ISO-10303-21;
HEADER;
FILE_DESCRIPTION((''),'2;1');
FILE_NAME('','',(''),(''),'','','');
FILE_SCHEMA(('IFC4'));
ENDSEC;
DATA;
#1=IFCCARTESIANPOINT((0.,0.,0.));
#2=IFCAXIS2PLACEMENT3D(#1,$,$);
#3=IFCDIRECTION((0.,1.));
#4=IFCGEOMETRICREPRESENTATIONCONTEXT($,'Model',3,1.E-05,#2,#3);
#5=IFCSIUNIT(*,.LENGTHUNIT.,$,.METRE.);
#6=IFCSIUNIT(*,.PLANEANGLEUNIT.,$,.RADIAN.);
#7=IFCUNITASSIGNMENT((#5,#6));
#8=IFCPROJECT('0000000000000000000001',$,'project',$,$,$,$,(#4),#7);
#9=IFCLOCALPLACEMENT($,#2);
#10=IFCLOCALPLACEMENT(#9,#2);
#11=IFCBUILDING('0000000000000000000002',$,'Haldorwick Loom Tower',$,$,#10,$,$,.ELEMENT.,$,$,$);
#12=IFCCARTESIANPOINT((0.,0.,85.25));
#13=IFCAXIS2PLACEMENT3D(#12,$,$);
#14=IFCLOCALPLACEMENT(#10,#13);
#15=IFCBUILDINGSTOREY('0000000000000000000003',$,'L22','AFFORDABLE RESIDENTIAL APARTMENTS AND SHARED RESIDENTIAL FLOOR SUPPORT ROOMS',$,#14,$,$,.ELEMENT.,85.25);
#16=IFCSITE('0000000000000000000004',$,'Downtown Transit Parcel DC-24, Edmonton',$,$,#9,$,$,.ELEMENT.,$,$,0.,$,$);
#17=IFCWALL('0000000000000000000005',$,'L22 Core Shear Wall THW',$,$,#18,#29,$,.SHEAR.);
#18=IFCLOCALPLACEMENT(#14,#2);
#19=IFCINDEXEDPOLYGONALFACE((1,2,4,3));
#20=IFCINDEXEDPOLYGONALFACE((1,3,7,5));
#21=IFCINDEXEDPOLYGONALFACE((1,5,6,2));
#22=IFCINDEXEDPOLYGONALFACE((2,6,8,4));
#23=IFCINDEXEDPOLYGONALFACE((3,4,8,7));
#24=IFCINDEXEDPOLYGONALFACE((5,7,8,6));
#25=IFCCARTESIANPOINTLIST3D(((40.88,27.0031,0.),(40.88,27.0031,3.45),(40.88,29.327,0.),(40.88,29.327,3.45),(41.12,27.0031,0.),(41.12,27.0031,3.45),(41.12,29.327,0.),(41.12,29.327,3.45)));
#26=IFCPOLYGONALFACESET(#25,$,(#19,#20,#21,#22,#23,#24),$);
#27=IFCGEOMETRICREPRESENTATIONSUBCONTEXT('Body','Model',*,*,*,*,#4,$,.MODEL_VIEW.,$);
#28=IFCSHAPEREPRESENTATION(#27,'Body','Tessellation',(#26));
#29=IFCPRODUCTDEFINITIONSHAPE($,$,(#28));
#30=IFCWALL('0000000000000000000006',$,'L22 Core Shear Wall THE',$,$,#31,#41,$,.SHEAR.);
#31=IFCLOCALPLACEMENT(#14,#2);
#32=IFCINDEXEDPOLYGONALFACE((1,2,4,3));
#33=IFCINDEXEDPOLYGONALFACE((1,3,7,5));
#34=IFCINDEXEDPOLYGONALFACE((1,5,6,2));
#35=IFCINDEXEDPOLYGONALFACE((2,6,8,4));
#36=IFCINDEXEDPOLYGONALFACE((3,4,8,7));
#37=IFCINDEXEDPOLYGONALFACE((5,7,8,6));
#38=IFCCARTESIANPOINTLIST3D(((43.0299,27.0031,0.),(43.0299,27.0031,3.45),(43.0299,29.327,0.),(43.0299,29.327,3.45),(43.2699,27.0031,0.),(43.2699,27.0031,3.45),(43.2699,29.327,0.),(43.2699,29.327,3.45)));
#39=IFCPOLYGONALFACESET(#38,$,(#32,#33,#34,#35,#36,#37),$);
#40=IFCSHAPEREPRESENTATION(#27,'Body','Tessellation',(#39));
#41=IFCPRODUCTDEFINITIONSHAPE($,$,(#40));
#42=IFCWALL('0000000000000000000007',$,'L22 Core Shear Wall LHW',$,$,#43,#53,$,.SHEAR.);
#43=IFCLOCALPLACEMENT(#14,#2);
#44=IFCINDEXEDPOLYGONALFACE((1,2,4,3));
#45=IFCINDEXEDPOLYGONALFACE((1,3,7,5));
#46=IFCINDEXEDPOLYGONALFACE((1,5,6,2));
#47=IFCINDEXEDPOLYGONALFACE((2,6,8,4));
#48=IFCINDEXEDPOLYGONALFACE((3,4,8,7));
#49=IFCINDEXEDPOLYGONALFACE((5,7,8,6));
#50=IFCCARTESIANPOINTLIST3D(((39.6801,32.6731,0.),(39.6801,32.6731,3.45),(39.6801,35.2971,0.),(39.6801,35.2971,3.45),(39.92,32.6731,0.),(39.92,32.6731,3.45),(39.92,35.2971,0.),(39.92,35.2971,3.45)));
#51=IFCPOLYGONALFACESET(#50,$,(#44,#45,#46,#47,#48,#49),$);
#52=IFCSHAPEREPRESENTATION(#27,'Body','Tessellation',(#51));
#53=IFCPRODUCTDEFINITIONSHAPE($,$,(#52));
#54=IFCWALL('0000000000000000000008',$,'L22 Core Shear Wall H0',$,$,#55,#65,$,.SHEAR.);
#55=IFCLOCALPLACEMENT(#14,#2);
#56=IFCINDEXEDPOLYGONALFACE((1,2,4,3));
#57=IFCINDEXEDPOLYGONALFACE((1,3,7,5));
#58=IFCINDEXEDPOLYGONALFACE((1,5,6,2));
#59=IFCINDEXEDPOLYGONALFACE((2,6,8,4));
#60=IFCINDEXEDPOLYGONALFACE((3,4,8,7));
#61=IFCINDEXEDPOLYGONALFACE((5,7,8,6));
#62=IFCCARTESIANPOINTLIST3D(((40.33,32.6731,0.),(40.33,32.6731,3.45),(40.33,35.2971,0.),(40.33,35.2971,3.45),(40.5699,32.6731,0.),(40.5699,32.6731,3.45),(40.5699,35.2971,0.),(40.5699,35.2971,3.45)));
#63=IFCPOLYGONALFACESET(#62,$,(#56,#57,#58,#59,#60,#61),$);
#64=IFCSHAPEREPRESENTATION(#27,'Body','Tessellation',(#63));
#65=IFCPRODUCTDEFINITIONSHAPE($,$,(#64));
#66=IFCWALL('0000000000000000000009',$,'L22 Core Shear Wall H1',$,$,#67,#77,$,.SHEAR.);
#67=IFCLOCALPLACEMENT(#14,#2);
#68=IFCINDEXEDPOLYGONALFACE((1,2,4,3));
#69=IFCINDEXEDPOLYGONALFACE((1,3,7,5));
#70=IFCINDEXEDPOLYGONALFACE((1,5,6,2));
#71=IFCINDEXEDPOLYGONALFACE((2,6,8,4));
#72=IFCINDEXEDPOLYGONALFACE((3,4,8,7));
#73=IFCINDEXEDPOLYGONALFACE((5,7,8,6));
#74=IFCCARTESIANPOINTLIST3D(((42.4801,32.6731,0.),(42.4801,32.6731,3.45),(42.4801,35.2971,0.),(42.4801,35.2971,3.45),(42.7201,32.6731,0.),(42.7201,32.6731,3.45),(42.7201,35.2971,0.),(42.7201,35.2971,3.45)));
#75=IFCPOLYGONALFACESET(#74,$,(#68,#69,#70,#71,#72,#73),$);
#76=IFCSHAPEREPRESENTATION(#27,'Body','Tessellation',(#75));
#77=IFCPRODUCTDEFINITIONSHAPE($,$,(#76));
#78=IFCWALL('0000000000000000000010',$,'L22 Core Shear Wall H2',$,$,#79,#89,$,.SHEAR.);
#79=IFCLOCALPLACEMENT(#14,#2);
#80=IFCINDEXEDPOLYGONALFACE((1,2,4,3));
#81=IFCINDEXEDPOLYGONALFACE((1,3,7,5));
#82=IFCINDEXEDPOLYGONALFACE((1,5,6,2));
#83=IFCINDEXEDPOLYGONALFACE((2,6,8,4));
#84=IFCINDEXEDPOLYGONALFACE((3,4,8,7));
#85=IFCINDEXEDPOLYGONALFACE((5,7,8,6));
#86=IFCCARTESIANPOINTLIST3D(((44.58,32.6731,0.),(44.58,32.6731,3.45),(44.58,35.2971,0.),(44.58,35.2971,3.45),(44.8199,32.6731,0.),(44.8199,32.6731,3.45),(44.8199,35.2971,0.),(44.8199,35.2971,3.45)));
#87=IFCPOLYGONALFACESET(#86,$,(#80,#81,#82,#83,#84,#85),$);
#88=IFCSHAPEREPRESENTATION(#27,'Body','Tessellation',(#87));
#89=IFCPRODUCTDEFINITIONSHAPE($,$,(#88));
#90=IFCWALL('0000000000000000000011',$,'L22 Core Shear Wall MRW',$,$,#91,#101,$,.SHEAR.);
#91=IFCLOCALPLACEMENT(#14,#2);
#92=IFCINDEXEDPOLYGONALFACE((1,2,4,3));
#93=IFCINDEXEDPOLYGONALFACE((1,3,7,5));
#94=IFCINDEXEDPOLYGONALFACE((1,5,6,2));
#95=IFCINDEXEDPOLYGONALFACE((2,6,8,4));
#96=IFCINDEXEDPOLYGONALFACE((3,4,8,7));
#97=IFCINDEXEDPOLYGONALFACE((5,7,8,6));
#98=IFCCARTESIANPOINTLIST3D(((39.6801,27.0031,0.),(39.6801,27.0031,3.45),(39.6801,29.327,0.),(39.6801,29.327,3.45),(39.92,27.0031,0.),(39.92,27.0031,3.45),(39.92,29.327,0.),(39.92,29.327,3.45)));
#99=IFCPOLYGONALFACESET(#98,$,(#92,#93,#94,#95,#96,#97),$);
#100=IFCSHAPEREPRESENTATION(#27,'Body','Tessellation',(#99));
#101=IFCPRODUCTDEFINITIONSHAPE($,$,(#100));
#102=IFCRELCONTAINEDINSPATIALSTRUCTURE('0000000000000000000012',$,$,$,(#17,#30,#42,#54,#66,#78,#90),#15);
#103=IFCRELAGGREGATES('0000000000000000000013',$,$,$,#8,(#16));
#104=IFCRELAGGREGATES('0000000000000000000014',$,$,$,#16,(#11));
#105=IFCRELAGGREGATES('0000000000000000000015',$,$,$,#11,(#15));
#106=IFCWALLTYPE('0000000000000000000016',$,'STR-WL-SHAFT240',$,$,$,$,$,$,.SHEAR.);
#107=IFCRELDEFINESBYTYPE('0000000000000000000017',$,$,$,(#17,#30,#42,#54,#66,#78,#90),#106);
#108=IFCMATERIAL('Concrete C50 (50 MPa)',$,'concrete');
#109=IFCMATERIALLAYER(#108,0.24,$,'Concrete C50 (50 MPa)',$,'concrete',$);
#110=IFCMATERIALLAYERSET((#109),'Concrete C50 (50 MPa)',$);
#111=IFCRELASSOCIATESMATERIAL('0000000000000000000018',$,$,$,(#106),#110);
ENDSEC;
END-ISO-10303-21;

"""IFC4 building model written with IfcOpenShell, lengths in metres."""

from ifc_helpers import new_model, si_unit, direction, frame, frame_2d, origin, place, context, subcontext, project, spatial, rectangle, extrude, material, layer, layer_set, type_object, element, save


model = new_model("IFC4")

# Units and contexts
model_context = context("Model", 3, precision=1e-05, world=origin(), true_north=direction((0.0, 1.0)))
body_context = subcontext(model_context, "Body", "Model", "MODEL_VIEW")
ifc_project = project(units=[si_unit("LENGTHUNIT", "METRE"), si_unit("PLANEANGLEUNIT", "RADIAN")], contexts=[model_context])

# Site, building, storey
site_placement = place(None, origin())
site = spatial("IfcSite", under=ifc_project, at=site_placement, Name="Downtown Transit Parcel DC-24, Edmonton", CompositionType="ELEMENT", RefElevation=0.0)
building_placement = place(site_placement, origin())
building = spatial("IfcBuilding", under=site, at=building_placement, Name="Haldorwick Loom Tower", CompositionType="ELEMENT")
storey_placement = place(building_placement, frame((0.0, 0.0, 85.25)))
storey = spatial("IfcBuildingStorey", under=building, at=storey_placement, Name="L22", Description="AFFORDABLE RESIDENTIAL APARTMENTS AND SHARED RESIDENTIAL FLOOR SUPPORT ROOMS", CompositionType="ELEMENT", Elevation=85.25)

# Shared definitions
ifc_material_1 = material(Name="Concrete C50 (50 MPa)", Category="concrete")
ifc_layer_1 = layer(ifc_material_1, 0.24, Name="Concrete C50 (50 MPa)", Category="concrete")
ifc_layer_set_1 = layer_set([ifc_layer_1], Name="Concrete C50 (50 MPa)")
wall_type_1 = type_object("IfcWallType", Name="STR-WL-SHAFT240", PredefinedType="SHEAR", material=ifc_layer_set_1)

# Walls
for number, where, z_axis, x_axis, name in (
    (1, (41.0, 27.0029, 0.0), (0.0, 0.0, 1.0), (0.0, 1.0, 0.0), "L22 Core Shear Wall THW"),
    (2, (43.1499, 27.0029, 0.0), (0.0, 0.0, 1.0), (0.0, 1.0, 0.0), "L22 Core Shear Wall THE"),
):
    element("IfcWall", number, at=place(storey_placement, frame(where, z_axis=z_axis, x_axis=x_axis)), inside=storey, type_object=wall_type_1, Name=name, PredefinedType="SHEAR", context=body_context, shape_type="SweptSolid", body=[
        extrude(rectangle(XDim=2.324, YDim=0.24, at=frame_2d((1.1621, 0.0))), origin(), (0.0, 0.0, 1.0), 3.45),
    ])
for number, where, z_axis, x_axis, name in (
    (3, (39.8, 32.6731, 0.0), (0.0, 0.0, 1.0), (0.0, 1.0, 0.0), "L22 Core Shear Wall LHW"),
    (4, (40.45, 32.6731, 0.0), (0.0, 0.0, 1.0), (0.0, 1.0, 0.0), "L22 Core Shear Wall H0"),
    (5, (42.6001, 32.6731, 0.0), (0.0, 0.0, 1.0), (0.0, 1.0, 0.0), "L22 Core Shear Wall H1"),
    (6, (44.7, 32.6731, 0.0), (0.0, 0.0, 1.0), (0.0, 1.0, 0.0), "L22 Core Shear Wall H2"),
):
    element("IfcWall", number, at=place(storey_placement, frame(where, z_axis=z_axis, x_axis=x_axis)), inside=storey, type_object=wall_type_1, Name=name, PredefinedType="SHEAR", context=body_context, shape_type="SweptSolid", body=[
        extrude(rectangle(XDim=2.624, YDim=0.24, at=frame_2d((1.312, 0.0))), origin(), (0.0, 0.0, 1.0), 3.45),
    ])
wall_1_placement = place(storey_placement, frame((39.8, 27.0029, 0.0), z_axis=(0.0, 0.0, 1.0), x_axis=(0.0, 1.0, 0.0)))
element("IfcWall", 7, at=wall_1_placement, inside=storey, type_object=wall_type_1, Name="L22 Core Shear Wall MRW", PredefinedType="SHEAR", context=body_context, shape_type="SweptSolid", body=[
    extrude(rectangle(XDim=2.324, YDim=0.24, at=frame_2d((1.1621, 0.0))), origin(), (0.0, 0.0, 1.0), 3.45),
])

save(model, "model.ifc")
